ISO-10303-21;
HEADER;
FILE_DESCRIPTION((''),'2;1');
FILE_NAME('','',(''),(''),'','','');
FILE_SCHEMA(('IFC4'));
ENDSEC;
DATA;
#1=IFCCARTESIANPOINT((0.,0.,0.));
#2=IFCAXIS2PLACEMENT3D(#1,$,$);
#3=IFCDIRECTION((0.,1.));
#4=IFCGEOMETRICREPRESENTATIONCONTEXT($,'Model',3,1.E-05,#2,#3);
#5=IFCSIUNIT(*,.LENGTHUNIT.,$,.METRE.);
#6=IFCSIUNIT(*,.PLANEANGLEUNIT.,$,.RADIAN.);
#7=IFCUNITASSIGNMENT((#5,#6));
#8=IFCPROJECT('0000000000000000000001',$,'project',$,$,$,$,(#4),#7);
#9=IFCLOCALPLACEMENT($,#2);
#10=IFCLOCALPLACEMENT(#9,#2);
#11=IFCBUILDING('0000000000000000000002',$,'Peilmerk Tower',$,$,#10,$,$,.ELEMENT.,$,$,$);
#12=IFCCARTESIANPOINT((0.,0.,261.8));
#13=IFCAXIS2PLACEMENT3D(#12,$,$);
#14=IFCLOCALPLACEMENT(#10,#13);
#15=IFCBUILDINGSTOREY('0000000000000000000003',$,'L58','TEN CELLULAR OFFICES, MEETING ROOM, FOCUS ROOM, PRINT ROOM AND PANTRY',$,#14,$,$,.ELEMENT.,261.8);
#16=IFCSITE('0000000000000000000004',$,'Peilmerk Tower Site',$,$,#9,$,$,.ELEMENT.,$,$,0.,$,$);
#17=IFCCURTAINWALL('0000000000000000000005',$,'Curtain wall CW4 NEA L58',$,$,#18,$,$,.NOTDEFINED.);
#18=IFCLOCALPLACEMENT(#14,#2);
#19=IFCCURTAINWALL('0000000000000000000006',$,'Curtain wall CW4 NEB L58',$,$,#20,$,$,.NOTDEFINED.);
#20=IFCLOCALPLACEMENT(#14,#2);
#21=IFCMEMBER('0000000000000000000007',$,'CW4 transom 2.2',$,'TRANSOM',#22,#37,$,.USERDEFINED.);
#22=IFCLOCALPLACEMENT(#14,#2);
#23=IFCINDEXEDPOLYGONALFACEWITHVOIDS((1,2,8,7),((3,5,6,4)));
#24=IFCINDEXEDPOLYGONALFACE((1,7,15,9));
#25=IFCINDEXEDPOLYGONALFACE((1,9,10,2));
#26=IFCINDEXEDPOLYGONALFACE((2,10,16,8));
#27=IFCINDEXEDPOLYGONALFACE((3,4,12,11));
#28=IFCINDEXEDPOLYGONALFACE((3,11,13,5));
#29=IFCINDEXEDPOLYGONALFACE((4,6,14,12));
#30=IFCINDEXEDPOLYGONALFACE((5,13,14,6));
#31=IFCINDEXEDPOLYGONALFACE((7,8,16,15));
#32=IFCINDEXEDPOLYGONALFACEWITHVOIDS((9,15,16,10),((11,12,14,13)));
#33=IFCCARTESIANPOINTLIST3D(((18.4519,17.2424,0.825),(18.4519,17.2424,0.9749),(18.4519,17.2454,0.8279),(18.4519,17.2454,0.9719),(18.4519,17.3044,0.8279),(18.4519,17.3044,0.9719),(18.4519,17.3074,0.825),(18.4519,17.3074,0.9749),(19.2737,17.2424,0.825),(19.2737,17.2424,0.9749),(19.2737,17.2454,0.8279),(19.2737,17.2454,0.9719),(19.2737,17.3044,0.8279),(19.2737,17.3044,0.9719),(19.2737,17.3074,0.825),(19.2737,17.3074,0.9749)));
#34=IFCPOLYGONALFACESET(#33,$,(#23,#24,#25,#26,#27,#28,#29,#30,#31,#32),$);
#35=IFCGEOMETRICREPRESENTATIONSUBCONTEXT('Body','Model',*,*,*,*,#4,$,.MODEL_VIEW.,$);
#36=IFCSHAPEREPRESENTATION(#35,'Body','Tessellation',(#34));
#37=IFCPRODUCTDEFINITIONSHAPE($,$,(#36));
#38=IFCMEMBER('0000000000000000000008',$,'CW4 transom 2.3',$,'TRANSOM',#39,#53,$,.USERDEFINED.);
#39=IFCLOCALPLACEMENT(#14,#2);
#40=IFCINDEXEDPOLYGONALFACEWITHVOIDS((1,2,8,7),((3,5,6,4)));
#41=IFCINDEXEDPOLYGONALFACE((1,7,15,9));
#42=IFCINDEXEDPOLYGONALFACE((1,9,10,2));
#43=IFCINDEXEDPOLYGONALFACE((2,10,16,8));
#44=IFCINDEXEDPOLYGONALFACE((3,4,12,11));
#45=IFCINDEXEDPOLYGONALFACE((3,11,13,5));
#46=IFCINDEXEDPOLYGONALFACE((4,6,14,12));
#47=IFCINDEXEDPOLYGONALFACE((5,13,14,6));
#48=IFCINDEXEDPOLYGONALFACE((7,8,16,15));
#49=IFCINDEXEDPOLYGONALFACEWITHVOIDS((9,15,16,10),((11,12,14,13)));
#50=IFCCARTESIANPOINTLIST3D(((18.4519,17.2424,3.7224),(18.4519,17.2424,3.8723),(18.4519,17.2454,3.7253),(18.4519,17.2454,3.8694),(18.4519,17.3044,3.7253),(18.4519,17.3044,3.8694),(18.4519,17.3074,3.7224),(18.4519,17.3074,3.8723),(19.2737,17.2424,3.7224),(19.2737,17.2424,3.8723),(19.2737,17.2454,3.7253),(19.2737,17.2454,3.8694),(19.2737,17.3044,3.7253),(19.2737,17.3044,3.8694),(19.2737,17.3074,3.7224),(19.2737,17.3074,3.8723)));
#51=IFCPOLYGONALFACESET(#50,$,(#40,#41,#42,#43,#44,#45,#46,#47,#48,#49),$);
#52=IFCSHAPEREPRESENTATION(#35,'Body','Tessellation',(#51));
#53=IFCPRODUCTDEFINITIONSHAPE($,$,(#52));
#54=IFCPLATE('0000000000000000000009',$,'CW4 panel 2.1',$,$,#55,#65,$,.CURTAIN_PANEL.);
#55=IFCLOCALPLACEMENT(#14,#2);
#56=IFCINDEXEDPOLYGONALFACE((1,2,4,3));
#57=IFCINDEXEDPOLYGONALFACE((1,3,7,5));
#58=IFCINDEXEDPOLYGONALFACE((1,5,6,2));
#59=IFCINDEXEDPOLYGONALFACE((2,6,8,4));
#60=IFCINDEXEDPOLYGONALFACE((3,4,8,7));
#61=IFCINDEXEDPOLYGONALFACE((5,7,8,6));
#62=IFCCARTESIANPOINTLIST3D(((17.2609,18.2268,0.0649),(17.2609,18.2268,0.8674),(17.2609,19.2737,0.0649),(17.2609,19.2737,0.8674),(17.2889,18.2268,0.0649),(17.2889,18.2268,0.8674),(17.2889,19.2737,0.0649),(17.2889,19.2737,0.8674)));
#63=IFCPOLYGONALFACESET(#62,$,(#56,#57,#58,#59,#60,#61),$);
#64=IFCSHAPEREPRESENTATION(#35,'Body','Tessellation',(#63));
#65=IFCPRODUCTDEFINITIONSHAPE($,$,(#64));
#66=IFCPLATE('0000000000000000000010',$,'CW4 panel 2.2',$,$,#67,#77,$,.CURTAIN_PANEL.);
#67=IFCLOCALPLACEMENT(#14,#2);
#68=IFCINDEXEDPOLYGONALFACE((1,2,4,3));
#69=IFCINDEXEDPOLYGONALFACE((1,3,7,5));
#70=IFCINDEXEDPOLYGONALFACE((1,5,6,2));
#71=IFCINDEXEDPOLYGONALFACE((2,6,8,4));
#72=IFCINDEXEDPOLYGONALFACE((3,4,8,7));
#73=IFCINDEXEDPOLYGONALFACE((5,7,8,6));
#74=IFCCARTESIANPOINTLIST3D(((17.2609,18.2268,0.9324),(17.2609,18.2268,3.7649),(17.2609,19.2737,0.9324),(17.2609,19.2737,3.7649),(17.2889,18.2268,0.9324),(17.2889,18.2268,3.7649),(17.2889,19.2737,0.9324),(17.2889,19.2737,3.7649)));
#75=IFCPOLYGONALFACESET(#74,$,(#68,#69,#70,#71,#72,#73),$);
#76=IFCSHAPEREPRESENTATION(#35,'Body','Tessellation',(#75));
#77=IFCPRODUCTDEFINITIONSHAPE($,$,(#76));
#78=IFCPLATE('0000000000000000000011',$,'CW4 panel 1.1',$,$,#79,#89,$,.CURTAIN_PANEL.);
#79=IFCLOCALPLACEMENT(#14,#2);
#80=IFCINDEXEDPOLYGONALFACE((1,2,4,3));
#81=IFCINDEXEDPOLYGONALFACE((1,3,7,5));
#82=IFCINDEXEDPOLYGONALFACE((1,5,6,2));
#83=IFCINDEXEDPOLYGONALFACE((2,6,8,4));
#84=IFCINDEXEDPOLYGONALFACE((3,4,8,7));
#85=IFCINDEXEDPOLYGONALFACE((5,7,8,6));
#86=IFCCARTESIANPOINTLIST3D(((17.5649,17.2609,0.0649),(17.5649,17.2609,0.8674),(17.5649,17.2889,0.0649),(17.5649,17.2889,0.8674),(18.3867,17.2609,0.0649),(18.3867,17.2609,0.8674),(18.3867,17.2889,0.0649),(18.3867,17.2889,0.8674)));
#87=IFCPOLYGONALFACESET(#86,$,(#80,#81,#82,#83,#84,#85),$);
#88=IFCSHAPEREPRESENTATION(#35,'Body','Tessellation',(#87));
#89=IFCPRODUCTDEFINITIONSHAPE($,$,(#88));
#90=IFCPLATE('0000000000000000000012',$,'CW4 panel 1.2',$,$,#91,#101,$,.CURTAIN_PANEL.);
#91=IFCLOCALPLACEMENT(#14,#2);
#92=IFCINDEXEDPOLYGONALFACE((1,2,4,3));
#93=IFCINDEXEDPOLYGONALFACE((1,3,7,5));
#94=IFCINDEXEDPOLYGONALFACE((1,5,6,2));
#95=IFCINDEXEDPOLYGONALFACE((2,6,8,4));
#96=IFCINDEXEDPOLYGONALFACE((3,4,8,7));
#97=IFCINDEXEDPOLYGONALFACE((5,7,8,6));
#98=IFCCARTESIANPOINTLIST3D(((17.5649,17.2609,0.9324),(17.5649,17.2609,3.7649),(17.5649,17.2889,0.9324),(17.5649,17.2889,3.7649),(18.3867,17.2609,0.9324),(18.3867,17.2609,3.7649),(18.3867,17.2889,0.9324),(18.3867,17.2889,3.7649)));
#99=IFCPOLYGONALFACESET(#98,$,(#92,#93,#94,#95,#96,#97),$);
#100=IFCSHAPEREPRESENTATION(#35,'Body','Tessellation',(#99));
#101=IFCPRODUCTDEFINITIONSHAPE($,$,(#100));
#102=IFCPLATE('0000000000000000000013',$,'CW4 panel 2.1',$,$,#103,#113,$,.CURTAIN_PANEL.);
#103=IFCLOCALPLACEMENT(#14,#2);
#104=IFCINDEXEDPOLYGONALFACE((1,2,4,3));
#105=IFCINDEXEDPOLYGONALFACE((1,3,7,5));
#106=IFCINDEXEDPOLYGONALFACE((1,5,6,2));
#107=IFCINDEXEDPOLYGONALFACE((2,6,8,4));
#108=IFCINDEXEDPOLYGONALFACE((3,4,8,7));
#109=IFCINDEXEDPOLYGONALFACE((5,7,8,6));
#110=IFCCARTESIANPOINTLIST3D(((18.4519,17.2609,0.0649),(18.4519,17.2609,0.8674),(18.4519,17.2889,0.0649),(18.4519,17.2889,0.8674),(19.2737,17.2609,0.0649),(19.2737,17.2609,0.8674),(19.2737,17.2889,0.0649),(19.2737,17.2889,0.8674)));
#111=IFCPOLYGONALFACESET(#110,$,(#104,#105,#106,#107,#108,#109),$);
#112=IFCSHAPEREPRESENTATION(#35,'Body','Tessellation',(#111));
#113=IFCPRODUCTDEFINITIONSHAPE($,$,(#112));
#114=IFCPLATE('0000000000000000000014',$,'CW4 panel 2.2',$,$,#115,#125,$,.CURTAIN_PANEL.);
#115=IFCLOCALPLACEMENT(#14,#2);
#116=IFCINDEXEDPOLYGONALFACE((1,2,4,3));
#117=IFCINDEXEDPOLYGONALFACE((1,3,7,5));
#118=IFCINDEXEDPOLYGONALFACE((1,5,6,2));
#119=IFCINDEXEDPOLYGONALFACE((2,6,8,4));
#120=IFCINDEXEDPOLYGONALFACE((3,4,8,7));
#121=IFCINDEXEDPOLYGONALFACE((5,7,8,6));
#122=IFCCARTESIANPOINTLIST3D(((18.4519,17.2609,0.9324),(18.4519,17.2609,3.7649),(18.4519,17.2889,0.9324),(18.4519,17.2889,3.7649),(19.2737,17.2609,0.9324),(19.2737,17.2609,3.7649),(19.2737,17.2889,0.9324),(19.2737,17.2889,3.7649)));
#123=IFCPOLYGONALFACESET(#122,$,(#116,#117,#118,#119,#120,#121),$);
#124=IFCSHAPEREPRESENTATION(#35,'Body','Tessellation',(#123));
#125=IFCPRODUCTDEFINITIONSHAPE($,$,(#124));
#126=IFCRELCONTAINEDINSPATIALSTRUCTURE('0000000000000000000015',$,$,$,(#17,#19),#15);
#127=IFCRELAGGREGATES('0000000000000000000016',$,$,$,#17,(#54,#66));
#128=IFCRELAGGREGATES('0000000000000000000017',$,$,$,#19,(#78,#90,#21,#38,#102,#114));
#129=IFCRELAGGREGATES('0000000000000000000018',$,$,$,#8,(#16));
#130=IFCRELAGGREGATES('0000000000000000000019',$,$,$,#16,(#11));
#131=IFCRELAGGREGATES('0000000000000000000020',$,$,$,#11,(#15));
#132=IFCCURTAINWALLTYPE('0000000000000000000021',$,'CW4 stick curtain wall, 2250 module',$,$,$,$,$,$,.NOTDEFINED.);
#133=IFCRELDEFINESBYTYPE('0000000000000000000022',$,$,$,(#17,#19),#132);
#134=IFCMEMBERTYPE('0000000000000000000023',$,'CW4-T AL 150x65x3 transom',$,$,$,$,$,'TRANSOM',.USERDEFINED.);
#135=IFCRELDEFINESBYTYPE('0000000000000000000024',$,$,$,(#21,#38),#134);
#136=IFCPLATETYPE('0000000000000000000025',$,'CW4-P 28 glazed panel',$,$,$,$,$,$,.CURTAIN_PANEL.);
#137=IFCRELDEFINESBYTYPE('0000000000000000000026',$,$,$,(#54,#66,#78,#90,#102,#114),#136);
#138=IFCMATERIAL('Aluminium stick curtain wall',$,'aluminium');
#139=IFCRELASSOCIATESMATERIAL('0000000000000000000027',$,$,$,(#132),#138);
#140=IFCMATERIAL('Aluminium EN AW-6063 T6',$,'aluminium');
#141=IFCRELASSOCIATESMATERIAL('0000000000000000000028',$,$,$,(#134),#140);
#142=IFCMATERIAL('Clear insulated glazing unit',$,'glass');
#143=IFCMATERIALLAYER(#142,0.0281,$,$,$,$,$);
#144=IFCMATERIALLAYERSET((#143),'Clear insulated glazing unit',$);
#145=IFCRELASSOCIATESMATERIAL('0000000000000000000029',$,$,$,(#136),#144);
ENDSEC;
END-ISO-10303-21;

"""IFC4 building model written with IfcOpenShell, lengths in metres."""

from ifc_helpers import new_model, si_unit, direction, frame, origin, origin_2d, place, context, subcontext, project, spatial, rectangle, hollow_rectangle, extrude, material, layer, layer_set, material_profile, profile_set, type_object, element, aggregate, save


model = new_model("IFC4")

# Units and contexts
model_context = context("Model", 3, precision=1e-05, world=origin(), true_north=direction((0.0, 1.0)))
body_context = subcontext(model_context, "Body", "Model", "MODEL_VIEW")
ifc_project = project(units=[si_unit("LENGTHUNIT", "METRE"), si_unit("PLANEANGLEUNIT", "RADIAN")], contexts=[model_context])

# Site, building, storey
site_placement = place(None, origin())
site = spatial("IfcSite", under=ifc_project, at=site_placement, Name="Peilmerk Tower Site", CompositionType="ELEMENT", RefElevation=0.0)
building_placement = place(site_placement, origin())
building = spatial("IfcBuilding", under=site, at=building_placement, Name="Peilmerk Tower", CompositionType="ELEMENT")
storey_placement = place(building_placement, frame((0.0, 0.0, 261.8)))
storey = spatial("IfcBuildingStorey", under=building, at=storey_placement, Name="L58", Description="TEN CELLULAR OFFICES, MEETING ROOM, FOCUS ROOM, PRINT ROOM AND PANTRY", CompositionType="ELEMENT", Elevation=261.8)

# Curtain wall
ifc_material_1 = material(Name="Aluminium stick curtain wall", Category="aluminium")
curtain_wall_type = type_object("IfcCurtainWallType", Name="CW4 stick curtain wall, 2250 module", PredefinedType="NOTDEFINED", material=ifc_material_1)
curtain_wall_1_placement = place(storey_placement, origin())
curtain_wall_1 = element("IfcCurtainWall", 1, at=curtain_wall_1_placement, inside=storey, type_object=curtain_wall_type, Name="Curtain wall CW4 NEA L58", PredefinedType="NOTDEFINED")
ifc_material_2 = material(Name="Aluminium EN AW-6063 T6", Category="aluminium")

# Curtain wall
curtain_wall_2_placement = place(storey_placement, origin())
curtain_wall_2 = element("IfcCurtainWall", 2, at=curtain_wall_2_placement, inside=storey, type_object=curtain_wall_type, Name="Curtain wall CW4 NEB L58", PredefinedType="NOTDEFINED")

# Members
ifc_material_profile_1 = material_profile(ifc_material_2, hollow_rectangle(XDim=0.0649, YDim=0.1499, WallThickness=0.0029, at=origin_2d()), Name="AL 150x65x3")
ifc_profile_set_1 = profile_set([ifc_material_profile_1], Name="Aluminium EN AW-6063 T6")
member_type_1 = type_object("IfcMemberType", Name="CW4-T AL 150x65x3 transom", ElementType="TRANSOM", PredefinedType="USERDEFINED", material=ifc_profile_set_1)
member_1_placement = place(storey_placement, frame((18.4519, 17.2749, 0.8999), z_axis=(1.0, 0.0, 0.0), x_axis=(0.0, 1.0, 0.0)))
member_1 = element("IfcMember", 3, at=member_1_placement, type_object=member_type_1, Name="CW4 transom 2.2", ObjectType="TRANSOM", PredefinedType="USERDEFINED", context=body_context, shape_type="SweptSolid", body=[
    extrude(hollow_rectangle(XDim=0.0649, YDim=0.1499, WallThickness=0.0029, at=origin_2d()), origin(), (0.0, 0.0, 1.0), 0.8218),
])
member_2_placement = place(storey_placement, frame((18.4519, 17.2749, 3.7974), z_axis=(1.0, 0.0, 0.0), x_axis=(0.0, 1.0, 0.0)))
member_2 = element("IfcMember", 4, at=member_2_placement, type_object=member_type_1, Name="CW4 transom 2.3", ObjectType="TRANSOM", PredefinedType="USERDEFINED", context=body_context, shape_type="SweptSolid", body=[
    extrude(hollow_rectangle(XDim=0.0649, YDim=0.1499, WallThickness=0.0029, at=origin_2d()), origin(), (0.0, 0.0, 1.0), 0.8218),
])

# Plates
ifc_material_3 = material(Name="Clear insulated glazing unit", Category="glass")
ifc_layer_1 = layer(ifc_material_3, 0.0281)
ifc_layer_set_1 = layer_set([ifc_layer_1], Name="Clear insulated glazing unit")
plate_type = type_object("IfcPlateType", Name="CW4-P 28 glazed panel", PredefinedType="CURTAIN_PANEL", material=ifc_layer_set_1)
plate_1_placement = place(storey_placement, frame((17.2749, 18.7502, 0.0649), z_axis=(0.0, 0.0, 1.0), x_axis=(0.0, 1.0, 0.0)))
plate_1 = element("IfcPlate", 5, at=plate_1_placement, type_object=plate_type, Name="CW4 panel 2.1", PredefinedType="CURTAIN_PANEL", context=body_context, shape_type="SweptSolid", body=[
    extrude(rectangle(XDim=1.0469, YDim=0.0281, at=origin_2d()), origin(), (0.0, 0.0, 1.0), 0.8025),
])
plate_2_placement = place(storey_placement, frame((17.2749, 18.7502, 0.9324), z_axis=(0.0, 0.0, 1.0), x_axis=(0.0, 1.0, 0.0)))
plate_2 = element("IfcPlate", 6, at=plate_2_placement, type_object=plate_type, Name="CW4 panel 2.2", PredefinedType="CURTAIN_PANEL", context=body_context, shape_type="SweptSolid", body=[
    extrude(rectangle(XDim=1.0469, YDim=0.0281, at=origin_2d()), origin(), (0.0, 0.0, 1.0), 2.8325),
])
aggregate(curtain_wall_1, [plate_1, plate_2])
plate_3_placement = place(storey_placement, frame((17.9758, 17.2749, 0.0649), z_axis=(0.0, 0.0, 1.0), x_axis=(1.0, 0.0, 0.0)))
plate_3 = element("IfcPlate", 7, at=plate_3_placement, type_object=plate_type, Name="CW4 panel 1.1", PredefinedType="CURTAIN_PANEL", context=body_context, shape_type="SweptSolid", body=[
    extrude(rectangle(XDim=0.8218, YDim=0.0281, at=origin_2d()), origin(), (0.0, 0.0, 1.0), 0.8025),
])
plate_4_placement = place(storey_placement, frame((17.9758, 17.2749, 0.9324), z_axis=(0.0, 0.0, 1.0), x_axis=(1.0, 0.0, 0.0)))
plate_4 = element("IfcPlate", 8, at=plate_4_placement, type_object=plate_type, Name="CW4 panel 1.2", PredefinedType="CURTAIN_PANEL", context=body_context, shape_type="SweptSolid", body=[
    extrude(rectangle(XDim=0.8218, YDim=0.0281, at=origin_2d()), origin(), (0.0, 0.0, 1.0), 2.8325),
])
plate_5_placement = place(storey_placement, frame((18.8628, 17.2749, 0.0649), z_axis=(0.0, 0.0, 1.0), x_axis=(1.0, 0.0, 0.0)))
plate_5 = element("IfcPlate", 9, at=plate_5_placement, type_object=plate_type, Name="CW4 panel 2.1", PredefinedType="CURTAIN_PANEL", context=body_context, shape_type="SweptSolid", body=[
    extrude(rectangle(XDim=0.8218, YDim=0.0281, at=origin_2d()), origin(), (0.0, 0.0, 1.0), 0.8025),
])
plate_6_placement = place(storey_placement, frame((18.8628, 17.2749, 0.9324), z_axis=(0.0, 0.0, 1.0), x_axis=(1.0, 0.0, 0.0)))
plate_6 = element("IfcPlate", 10, at=plate_6_placement, type_object=plate_type, Name="CW4 panel 2.2", PredefinedType="CURTAIN_PANEL", context=body_context, shape_type="SweptSolid", body=[
    extrude(rectangle(XDim=0.8218, YDim=0.0281, at=origin_2d()), origin(), (0.0, 0.0, 1.0), 2.8325),
])
aggregate(curtain_wall_2, [plate_3, plate_4, member_1, member_2, plate_5, plate_6])

save(model, "model.ifc")
